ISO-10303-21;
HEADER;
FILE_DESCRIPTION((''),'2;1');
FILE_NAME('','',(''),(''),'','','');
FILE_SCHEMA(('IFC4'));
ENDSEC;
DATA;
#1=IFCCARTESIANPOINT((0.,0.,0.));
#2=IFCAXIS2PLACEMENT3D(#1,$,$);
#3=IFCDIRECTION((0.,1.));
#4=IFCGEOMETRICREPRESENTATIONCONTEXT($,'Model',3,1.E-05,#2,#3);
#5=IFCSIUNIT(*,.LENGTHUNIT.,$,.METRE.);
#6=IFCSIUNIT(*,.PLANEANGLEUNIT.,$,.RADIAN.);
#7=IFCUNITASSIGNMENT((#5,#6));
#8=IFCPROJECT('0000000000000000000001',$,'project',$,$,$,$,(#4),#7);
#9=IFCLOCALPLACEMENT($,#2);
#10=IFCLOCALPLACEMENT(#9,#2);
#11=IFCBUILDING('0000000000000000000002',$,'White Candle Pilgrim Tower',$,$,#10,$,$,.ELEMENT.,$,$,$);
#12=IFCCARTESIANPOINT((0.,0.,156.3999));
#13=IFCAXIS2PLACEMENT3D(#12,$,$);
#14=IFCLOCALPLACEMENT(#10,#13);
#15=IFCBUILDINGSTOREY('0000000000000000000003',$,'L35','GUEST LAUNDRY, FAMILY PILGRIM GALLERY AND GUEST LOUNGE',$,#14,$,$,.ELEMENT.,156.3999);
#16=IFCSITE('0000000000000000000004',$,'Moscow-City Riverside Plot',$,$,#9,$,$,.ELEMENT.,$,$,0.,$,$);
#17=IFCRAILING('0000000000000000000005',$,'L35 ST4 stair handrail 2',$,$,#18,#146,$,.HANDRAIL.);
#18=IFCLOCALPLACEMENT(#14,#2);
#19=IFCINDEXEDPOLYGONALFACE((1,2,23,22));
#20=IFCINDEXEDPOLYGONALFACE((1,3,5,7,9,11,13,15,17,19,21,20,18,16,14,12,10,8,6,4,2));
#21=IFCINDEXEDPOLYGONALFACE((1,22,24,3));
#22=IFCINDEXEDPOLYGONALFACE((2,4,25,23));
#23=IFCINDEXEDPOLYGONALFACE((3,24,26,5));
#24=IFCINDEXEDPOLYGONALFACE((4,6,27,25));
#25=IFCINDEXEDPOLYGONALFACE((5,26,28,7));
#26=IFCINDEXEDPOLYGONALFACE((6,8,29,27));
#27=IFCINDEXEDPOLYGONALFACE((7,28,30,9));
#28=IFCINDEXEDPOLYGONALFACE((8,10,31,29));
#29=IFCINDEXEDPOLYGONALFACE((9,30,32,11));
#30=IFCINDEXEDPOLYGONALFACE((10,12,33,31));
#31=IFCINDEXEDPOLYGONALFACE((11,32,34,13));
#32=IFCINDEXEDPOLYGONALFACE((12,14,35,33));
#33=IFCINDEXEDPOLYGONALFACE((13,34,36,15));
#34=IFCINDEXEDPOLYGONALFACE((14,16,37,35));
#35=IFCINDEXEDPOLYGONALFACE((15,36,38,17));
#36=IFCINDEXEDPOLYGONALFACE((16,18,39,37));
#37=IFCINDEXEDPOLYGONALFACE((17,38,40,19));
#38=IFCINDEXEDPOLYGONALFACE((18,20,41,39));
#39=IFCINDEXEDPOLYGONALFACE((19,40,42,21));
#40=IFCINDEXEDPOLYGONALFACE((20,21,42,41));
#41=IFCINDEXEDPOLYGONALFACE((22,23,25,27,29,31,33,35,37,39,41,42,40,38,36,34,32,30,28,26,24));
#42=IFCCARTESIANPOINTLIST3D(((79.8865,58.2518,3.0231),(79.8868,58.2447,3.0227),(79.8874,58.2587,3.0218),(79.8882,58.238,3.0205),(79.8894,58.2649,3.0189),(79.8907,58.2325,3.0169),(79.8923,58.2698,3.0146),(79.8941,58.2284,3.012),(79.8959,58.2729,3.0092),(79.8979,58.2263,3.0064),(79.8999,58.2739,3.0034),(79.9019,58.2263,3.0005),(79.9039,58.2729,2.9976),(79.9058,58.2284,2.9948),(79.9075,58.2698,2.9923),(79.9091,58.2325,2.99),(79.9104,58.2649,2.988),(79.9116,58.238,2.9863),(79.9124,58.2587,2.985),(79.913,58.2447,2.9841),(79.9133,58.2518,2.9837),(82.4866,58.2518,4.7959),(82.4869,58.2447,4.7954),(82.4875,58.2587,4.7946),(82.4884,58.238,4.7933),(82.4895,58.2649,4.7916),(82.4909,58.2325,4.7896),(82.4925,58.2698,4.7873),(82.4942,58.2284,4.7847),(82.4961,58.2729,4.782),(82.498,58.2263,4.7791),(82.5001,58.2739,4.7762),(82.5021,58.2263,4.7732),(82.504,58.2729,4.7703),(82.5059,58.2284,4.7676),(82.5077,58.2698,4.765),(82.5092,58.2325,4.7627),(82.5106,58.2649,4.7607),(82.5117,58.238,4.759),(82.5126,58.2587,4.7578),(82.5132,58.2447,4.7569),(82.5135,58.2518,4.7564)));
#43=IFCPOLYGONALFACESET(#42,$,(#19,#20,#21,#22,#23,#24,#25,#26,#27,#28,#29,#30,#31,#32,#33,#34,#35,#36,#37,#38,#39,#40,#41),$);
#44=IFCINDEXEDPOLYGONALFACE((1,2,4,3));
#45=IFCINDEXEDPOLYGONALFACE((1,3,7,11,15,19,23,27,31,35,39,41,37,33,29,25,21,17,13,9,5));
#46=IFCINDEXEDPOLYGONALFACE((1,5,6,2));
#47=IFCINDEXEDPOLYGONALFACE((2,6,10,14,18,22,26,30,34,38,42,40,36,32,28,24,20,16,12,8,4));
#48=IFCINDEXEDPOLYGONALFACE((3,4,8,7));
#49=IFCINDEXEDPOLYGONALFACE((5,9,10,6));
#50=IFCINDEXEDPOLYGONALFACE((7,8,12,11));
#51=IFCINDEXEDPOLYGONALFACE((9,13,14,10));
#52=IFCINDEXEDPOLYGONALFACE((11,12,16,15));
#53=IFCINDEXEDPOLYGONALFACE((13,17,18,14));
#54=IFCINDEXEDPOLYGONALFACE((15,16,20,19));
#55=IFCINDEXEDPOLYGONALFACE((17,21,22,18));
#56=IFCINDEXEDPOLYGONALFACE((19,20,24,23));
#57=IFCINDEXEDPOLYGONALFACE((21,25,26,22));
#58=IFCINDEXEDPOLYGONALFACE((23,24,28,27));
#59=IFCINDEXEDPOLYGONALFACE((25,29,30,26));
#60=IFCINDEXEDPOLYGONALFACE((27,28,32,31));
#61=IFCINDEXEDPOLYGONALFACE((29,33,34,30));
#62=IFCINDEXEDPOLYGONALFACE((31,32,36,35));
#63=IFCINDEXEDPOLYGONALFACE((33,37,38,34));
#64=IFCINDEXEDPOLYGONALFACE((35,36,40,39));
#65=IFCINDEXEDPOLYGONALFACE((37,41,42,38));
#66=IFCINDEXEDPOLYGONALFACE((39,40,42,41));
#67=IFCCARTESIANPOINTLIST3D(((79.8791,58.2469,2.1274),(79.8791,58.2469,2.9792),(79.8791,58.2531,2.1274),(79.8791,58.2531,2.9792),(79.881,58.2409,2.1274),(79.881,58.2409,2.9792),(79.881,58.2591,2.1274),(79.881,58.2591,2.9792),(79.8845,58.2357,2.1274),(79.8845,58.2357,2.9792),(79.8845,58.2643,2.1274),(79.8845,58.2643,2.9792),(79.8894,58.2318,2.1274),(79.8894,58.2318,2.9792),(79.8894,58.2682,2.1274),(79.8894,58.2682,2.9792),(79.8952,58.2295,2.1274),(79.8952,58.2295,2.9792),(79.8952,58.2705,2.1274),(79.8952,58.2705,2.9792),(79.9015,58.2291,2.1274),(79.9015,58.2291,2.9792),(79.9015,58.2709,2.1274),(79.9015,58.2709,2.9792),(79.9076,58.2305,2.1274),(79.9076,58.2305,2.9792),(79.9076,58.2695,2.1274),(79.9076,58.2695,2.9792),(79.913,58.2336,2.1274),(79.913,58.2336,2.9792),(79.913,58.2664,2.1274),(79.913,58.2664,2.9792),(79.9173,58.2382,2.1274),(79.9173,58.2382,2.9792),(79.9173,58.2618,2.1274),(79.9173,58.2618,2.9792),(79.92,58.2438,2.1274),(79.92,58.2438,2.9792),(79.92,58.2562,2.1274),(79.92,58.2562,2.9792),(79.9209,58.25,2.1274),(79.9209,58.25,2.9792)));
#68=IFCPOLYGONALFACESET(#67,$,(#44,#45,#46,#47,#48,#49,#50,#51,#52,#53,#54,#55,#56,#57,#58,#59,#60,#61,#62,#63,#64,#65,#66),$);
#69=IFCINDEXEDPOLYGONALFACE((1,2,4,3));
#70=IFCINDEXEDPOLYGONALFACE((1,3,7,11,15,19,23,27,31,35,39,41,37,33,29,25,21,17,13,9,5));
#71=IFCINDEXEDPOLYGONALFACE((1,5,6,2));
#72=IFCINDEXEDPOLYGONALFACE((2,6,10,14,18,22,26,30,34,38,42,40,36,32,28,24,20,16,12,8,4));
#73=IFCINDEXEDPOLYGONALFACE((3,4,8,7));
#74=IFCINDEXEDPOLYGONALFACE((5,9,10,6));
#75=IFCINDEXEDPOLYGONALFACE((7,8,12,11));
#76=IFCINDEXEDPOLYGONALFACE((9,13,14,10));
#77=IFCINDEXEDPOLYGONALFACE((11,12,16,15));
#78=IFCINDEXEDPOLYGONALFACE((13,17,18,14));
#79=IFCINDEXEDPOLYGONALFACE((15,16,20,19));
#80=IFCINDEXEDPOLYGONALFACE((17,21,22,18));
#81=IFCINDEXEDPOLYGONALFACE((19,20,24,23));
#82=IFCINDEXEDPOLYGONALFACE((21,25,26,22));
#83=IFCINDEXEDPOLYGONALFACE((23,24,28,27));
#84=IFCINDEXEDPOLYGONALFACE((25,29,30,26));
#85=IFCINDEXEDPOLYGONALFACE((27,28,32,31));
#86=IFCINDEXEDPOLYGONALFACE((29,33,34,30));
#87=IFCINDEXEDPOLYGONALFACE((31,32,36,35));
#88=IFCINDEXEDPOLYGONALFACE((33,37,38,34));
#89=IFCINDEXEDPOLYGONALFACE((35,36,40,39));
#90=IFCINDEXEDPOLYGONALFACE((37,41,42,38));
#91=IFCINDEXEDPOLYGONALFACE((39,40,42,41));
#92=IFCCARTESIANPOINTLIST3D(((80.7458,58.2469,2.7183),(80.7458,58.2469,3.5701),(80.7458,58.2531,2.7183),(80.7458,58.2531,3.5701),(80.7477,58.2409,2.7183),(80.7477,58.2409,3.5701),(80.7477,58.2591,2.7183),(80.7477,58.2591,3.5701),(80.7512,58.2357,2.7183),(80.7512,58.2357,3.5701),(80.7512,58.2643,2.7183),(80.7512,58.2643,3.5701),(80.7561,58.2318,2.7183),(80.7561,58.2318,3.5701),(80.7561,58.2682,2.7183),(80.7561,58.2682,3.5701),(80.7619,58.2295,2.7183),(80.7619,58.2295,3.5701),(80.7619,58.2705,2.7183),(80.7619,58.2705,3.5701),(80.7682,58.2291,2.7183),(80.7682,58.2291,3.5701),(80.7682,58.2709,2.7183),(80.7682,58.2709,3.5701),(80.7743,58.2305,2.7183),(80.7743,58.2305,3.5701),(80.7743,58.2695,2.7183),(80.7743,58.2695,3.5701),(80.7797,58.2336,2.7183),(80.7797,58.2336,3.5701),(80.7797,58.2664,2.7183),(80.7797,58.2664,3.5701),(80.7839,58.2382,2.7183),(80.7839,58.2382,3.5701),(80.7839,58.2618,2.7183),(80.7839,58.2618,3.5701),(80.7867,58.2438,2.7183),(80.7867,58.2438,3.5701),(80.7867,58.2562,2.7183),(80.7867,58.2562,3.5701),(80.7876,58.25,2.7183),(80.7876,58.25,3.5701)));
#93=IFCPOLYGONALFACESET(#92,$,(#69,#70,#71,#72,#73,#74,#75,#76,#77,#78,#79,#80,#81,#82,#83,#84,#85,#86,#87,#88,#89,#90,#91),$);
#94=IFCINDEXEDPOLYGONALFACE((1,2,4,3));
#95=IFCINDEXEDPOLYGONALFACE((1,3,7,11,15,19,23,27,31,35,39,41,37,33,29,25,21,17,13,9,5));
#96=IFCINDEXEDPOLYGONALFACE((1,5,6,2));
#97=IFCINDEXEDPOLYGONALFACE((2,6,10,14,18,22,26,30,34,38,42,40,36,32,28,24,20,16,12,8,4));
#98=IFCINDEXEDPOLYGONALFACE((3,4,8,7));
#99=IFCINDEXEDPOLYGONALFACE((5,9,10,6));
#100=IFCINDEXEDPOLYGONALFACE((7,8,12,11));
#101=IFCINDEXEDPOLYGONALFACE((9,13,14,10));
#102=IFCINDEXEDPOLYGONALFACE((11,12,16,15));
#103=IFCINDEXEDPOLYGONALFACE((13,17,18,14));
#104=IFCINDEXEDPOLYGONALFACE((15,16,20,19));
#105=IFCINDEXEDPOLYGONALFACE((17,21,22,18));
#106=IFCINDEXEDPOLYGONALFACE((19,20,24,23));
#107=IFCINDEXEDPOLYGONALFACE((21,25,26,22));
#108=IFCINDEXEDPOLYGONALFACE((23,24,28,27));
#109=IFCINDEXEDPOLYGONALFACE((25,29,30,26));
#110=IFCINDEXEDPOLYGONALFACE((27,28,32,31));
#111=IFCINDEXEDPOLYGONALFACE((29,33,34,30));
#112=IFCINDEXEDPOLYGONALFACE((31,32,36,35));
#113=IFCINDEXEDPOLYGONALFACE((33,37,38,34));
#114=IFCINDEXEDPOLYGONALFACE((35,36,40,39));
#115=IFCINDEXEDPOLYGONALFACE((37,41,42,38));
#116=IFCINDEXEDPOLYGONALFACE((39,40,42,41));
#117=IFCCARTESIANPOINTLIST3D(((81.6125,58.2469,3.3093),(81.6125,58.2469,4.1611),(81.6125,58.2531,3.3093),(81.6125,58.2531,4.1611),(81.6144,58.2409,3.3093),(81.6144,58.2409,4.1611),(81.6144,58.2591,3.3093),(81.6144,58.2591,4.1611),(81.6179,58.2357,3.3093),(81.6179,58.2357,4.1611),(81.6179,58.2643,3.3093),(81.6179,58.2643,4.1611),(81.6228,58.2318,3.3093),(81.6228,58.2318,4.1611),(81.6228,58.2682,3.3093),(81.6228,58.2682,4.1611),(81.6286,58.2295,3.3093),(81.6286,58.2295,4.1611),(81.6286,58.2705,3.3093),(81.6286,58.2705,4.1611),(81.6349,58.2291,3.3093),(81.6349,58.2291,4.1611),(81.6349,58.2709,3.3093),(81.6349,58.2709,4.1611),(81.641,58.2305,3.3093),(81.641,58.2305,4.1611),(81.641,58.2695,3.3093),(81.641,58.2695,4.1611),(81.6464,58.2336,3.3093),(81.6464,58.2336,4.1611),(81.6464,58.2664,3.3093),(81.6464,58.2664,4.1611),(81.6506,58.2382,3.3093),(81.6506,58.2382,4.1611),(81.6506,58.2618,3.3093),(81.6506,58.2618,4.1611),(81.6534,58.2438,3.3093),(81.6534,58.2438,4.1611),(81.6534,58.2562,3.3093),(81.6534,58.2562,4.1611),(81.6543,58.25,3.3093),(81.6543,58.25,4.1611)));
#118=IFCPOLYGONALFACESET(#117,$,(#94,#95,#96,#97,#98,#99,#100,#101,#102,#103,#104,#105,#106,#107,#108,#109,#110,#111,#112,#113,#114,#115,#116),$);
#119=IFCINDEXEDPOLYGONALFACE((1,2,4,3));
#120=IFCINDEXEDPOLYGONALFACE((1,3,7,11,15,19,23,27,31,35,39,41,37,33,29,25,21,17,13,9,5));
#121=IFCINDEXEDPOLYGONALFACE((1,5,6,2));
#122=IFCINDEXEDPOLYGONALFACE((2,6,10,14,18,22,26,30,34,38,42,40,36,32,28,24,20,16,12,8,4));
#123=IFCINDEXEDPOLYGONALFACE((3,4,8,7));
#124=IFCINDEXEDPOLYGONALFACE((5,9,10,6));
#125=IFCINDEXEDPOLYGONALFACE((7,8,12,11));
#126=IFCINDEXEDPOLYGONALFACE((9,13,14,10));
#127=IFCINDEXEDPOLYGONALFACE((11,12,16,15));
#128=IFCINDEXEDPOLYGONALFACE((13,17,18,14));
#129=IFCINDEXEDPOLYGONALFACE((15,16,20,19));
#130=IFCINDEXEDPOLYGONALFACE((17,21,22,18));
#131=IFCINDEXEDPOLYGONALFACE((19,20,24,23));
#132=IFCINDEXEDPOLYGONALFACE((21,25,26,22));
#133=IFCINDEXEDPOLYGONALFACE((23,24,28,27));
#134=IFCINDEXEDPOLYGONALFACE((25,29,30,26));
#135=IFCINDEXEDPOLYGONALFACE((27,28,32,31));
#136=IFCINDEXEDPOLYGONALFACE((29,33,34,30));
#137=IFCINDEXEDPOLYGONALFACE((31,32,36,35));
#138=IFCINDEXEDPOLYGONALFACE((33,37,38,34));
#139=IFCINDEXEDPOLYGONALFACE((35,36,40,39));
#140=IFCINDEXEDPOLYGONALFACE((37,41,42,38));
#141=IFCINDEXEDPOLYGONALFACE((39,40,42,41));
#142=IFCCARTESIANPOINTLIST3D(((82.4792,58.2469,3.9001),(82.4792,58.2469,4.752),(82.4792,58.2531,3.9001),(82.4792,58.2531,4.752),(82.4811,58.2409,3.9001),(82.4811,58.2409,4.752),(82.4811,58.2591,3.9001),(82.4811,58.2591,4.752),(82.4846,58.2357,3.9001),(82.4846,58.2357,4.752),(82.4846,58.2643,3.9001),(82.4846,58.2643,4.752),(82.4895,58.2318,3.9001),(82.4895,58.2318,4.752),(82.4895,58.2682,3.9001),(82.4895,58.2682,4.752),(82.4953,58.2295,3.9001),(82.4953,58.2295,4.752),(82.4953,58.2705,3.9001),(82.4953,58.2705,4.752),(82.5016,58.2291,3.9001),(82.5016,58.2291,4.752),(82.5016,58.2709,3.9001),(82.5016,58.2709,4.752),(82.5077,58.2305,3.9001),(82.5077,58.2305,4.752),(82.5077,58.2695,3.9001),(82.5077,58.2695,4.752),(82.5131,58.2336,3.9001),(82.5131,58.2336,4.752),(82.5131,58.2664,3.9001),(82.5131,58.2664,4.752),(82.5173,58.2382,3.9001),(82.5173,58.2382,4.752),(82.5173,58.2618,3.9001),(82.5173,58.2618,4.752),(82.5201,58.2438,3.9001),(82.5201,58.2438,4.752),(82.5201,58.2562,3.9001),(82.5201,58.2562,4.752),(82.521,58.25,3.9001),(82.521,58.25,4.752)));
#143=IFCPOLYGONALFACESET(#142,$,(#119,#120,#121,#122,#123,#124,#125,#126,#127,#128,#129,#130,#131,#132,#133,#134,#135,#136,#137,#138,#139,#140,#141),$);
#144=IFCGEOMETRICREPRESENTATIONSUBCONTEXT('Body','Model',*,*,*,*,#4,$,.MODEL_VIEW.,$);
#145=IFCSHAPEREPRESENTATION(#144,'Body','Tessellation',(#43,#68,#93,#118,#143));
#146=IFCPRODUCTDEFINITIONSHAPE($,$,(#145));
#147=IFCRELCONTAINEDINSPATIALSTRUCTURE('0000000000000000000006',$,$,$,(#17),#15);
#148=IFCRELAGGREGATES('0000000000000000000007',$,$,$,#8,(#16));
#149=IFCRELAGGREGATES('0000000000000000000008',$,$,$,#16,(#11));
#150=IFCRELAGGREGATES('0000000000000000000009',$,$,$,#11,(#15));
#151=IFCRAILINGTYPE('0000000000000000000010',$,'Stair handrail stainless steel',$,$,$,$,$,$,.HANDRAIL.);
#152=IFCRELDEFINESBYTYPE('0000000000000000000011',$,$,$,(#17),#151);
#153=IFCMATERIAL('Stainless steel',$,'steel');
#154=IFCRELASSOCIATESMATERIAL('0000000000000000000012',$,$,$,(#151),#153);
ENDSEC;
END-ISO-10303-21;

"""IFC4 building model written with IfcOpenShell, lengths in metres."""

from ifc_helpers import new_model, si_unit, direction, frame, origin, origin_2d, place, context, subcontext, project, spatial, circle, extrude, material, type_object, element, save


model = new_model("IFC4")

# Units and contexts
model_context = context("Model", 3, precision=1e-05, world=origin(), true_north=direction((0.0, 1.0)))
body_context = subcontext(model_context, "Body", "Model", "MODEL_VIEW")
ifc_project = project(units=[si_unit("LENGTHUNIT", "METRE"), si_unit("PLANEANGLEUNIT", "RADIAN")], contexts=[model_context])

# Site, building, storey
site_placement = place(None, origin())
site = spatial("IfcSite", under=ifc_project, at=site_placement, Name="Moscow-City Riverside Plot", CompositionType="ELEMENT", RefElevation=0.0)
building_placement = place(site_placement, origin())
building = spatial("IfcBuilding", under=site, at=building_placement, Name="White Candle Pilgrim Tower", CompositionType="ELEMENT")
storey_placement = place(building_placement, frame((0.0, 0.0, 156.3999)))
storey = spatial("IfcBuildingStorey", under=building, at=storey_placement, Name="L35", Description="GUEST LAUNDRY, FAMILY PILGRIM GALLERY AND GUEST LOUNGE", CompositionType="ELEMENT", Elevation=156.3999)

# Railing
ifc_material_1 = material(Name="Stainless steel", Category="steel")
railing_type_1 = type_object("IfcRailingType", Name="Stair handrail stainless steel", PredefinedType="HANDRAIL", material=ifc_material_1)
railing_1_placement = place(storey_placement, frame((79.8999, 58.25, 2.1274)))
element("IfcRailing", 1, at=railing_1_placement, inside=storey, type_object=railing_type_1, Name="L35 ST4 stair handrail 2", PredefinedType="HANDRAIL", context=body_context, shape_type="SweptSolid", body=[
    extrude(circle(Radius=0.0239, at=origin_2d()), frame((0.0, 0.0, 0.876), z_axis=(0.82624, 0.0, 0.563318), x_axis=(0.0, 1.0, 0.0)), (0.0, 0.0, 1.0), 3.147),
    extrude(circle(Radius=0.021, at=origin_2d()), origin(), (0.0, 0.0, 1.0), 0.8518),
    extrude(circle(Radius=0.021, at=origin_2d()), frame((0.8667, 0.0, 0.5908)), (0.0, 0.0, 1.0), 0.8518),
    extrude(circle(Radius=0.021, at=origin_2d()), frame((1.7334, 0.0, 1.1819)), (0.0, 0.0, 1.0), 0.8518),
    extrude(circle(Radius=0.021, at=origin_2d()), frame((2.6001, 0.0, 1.7727)), (0.0, 0.0, 1.0), 0.8518),
])

save(model, "model.ifc")
